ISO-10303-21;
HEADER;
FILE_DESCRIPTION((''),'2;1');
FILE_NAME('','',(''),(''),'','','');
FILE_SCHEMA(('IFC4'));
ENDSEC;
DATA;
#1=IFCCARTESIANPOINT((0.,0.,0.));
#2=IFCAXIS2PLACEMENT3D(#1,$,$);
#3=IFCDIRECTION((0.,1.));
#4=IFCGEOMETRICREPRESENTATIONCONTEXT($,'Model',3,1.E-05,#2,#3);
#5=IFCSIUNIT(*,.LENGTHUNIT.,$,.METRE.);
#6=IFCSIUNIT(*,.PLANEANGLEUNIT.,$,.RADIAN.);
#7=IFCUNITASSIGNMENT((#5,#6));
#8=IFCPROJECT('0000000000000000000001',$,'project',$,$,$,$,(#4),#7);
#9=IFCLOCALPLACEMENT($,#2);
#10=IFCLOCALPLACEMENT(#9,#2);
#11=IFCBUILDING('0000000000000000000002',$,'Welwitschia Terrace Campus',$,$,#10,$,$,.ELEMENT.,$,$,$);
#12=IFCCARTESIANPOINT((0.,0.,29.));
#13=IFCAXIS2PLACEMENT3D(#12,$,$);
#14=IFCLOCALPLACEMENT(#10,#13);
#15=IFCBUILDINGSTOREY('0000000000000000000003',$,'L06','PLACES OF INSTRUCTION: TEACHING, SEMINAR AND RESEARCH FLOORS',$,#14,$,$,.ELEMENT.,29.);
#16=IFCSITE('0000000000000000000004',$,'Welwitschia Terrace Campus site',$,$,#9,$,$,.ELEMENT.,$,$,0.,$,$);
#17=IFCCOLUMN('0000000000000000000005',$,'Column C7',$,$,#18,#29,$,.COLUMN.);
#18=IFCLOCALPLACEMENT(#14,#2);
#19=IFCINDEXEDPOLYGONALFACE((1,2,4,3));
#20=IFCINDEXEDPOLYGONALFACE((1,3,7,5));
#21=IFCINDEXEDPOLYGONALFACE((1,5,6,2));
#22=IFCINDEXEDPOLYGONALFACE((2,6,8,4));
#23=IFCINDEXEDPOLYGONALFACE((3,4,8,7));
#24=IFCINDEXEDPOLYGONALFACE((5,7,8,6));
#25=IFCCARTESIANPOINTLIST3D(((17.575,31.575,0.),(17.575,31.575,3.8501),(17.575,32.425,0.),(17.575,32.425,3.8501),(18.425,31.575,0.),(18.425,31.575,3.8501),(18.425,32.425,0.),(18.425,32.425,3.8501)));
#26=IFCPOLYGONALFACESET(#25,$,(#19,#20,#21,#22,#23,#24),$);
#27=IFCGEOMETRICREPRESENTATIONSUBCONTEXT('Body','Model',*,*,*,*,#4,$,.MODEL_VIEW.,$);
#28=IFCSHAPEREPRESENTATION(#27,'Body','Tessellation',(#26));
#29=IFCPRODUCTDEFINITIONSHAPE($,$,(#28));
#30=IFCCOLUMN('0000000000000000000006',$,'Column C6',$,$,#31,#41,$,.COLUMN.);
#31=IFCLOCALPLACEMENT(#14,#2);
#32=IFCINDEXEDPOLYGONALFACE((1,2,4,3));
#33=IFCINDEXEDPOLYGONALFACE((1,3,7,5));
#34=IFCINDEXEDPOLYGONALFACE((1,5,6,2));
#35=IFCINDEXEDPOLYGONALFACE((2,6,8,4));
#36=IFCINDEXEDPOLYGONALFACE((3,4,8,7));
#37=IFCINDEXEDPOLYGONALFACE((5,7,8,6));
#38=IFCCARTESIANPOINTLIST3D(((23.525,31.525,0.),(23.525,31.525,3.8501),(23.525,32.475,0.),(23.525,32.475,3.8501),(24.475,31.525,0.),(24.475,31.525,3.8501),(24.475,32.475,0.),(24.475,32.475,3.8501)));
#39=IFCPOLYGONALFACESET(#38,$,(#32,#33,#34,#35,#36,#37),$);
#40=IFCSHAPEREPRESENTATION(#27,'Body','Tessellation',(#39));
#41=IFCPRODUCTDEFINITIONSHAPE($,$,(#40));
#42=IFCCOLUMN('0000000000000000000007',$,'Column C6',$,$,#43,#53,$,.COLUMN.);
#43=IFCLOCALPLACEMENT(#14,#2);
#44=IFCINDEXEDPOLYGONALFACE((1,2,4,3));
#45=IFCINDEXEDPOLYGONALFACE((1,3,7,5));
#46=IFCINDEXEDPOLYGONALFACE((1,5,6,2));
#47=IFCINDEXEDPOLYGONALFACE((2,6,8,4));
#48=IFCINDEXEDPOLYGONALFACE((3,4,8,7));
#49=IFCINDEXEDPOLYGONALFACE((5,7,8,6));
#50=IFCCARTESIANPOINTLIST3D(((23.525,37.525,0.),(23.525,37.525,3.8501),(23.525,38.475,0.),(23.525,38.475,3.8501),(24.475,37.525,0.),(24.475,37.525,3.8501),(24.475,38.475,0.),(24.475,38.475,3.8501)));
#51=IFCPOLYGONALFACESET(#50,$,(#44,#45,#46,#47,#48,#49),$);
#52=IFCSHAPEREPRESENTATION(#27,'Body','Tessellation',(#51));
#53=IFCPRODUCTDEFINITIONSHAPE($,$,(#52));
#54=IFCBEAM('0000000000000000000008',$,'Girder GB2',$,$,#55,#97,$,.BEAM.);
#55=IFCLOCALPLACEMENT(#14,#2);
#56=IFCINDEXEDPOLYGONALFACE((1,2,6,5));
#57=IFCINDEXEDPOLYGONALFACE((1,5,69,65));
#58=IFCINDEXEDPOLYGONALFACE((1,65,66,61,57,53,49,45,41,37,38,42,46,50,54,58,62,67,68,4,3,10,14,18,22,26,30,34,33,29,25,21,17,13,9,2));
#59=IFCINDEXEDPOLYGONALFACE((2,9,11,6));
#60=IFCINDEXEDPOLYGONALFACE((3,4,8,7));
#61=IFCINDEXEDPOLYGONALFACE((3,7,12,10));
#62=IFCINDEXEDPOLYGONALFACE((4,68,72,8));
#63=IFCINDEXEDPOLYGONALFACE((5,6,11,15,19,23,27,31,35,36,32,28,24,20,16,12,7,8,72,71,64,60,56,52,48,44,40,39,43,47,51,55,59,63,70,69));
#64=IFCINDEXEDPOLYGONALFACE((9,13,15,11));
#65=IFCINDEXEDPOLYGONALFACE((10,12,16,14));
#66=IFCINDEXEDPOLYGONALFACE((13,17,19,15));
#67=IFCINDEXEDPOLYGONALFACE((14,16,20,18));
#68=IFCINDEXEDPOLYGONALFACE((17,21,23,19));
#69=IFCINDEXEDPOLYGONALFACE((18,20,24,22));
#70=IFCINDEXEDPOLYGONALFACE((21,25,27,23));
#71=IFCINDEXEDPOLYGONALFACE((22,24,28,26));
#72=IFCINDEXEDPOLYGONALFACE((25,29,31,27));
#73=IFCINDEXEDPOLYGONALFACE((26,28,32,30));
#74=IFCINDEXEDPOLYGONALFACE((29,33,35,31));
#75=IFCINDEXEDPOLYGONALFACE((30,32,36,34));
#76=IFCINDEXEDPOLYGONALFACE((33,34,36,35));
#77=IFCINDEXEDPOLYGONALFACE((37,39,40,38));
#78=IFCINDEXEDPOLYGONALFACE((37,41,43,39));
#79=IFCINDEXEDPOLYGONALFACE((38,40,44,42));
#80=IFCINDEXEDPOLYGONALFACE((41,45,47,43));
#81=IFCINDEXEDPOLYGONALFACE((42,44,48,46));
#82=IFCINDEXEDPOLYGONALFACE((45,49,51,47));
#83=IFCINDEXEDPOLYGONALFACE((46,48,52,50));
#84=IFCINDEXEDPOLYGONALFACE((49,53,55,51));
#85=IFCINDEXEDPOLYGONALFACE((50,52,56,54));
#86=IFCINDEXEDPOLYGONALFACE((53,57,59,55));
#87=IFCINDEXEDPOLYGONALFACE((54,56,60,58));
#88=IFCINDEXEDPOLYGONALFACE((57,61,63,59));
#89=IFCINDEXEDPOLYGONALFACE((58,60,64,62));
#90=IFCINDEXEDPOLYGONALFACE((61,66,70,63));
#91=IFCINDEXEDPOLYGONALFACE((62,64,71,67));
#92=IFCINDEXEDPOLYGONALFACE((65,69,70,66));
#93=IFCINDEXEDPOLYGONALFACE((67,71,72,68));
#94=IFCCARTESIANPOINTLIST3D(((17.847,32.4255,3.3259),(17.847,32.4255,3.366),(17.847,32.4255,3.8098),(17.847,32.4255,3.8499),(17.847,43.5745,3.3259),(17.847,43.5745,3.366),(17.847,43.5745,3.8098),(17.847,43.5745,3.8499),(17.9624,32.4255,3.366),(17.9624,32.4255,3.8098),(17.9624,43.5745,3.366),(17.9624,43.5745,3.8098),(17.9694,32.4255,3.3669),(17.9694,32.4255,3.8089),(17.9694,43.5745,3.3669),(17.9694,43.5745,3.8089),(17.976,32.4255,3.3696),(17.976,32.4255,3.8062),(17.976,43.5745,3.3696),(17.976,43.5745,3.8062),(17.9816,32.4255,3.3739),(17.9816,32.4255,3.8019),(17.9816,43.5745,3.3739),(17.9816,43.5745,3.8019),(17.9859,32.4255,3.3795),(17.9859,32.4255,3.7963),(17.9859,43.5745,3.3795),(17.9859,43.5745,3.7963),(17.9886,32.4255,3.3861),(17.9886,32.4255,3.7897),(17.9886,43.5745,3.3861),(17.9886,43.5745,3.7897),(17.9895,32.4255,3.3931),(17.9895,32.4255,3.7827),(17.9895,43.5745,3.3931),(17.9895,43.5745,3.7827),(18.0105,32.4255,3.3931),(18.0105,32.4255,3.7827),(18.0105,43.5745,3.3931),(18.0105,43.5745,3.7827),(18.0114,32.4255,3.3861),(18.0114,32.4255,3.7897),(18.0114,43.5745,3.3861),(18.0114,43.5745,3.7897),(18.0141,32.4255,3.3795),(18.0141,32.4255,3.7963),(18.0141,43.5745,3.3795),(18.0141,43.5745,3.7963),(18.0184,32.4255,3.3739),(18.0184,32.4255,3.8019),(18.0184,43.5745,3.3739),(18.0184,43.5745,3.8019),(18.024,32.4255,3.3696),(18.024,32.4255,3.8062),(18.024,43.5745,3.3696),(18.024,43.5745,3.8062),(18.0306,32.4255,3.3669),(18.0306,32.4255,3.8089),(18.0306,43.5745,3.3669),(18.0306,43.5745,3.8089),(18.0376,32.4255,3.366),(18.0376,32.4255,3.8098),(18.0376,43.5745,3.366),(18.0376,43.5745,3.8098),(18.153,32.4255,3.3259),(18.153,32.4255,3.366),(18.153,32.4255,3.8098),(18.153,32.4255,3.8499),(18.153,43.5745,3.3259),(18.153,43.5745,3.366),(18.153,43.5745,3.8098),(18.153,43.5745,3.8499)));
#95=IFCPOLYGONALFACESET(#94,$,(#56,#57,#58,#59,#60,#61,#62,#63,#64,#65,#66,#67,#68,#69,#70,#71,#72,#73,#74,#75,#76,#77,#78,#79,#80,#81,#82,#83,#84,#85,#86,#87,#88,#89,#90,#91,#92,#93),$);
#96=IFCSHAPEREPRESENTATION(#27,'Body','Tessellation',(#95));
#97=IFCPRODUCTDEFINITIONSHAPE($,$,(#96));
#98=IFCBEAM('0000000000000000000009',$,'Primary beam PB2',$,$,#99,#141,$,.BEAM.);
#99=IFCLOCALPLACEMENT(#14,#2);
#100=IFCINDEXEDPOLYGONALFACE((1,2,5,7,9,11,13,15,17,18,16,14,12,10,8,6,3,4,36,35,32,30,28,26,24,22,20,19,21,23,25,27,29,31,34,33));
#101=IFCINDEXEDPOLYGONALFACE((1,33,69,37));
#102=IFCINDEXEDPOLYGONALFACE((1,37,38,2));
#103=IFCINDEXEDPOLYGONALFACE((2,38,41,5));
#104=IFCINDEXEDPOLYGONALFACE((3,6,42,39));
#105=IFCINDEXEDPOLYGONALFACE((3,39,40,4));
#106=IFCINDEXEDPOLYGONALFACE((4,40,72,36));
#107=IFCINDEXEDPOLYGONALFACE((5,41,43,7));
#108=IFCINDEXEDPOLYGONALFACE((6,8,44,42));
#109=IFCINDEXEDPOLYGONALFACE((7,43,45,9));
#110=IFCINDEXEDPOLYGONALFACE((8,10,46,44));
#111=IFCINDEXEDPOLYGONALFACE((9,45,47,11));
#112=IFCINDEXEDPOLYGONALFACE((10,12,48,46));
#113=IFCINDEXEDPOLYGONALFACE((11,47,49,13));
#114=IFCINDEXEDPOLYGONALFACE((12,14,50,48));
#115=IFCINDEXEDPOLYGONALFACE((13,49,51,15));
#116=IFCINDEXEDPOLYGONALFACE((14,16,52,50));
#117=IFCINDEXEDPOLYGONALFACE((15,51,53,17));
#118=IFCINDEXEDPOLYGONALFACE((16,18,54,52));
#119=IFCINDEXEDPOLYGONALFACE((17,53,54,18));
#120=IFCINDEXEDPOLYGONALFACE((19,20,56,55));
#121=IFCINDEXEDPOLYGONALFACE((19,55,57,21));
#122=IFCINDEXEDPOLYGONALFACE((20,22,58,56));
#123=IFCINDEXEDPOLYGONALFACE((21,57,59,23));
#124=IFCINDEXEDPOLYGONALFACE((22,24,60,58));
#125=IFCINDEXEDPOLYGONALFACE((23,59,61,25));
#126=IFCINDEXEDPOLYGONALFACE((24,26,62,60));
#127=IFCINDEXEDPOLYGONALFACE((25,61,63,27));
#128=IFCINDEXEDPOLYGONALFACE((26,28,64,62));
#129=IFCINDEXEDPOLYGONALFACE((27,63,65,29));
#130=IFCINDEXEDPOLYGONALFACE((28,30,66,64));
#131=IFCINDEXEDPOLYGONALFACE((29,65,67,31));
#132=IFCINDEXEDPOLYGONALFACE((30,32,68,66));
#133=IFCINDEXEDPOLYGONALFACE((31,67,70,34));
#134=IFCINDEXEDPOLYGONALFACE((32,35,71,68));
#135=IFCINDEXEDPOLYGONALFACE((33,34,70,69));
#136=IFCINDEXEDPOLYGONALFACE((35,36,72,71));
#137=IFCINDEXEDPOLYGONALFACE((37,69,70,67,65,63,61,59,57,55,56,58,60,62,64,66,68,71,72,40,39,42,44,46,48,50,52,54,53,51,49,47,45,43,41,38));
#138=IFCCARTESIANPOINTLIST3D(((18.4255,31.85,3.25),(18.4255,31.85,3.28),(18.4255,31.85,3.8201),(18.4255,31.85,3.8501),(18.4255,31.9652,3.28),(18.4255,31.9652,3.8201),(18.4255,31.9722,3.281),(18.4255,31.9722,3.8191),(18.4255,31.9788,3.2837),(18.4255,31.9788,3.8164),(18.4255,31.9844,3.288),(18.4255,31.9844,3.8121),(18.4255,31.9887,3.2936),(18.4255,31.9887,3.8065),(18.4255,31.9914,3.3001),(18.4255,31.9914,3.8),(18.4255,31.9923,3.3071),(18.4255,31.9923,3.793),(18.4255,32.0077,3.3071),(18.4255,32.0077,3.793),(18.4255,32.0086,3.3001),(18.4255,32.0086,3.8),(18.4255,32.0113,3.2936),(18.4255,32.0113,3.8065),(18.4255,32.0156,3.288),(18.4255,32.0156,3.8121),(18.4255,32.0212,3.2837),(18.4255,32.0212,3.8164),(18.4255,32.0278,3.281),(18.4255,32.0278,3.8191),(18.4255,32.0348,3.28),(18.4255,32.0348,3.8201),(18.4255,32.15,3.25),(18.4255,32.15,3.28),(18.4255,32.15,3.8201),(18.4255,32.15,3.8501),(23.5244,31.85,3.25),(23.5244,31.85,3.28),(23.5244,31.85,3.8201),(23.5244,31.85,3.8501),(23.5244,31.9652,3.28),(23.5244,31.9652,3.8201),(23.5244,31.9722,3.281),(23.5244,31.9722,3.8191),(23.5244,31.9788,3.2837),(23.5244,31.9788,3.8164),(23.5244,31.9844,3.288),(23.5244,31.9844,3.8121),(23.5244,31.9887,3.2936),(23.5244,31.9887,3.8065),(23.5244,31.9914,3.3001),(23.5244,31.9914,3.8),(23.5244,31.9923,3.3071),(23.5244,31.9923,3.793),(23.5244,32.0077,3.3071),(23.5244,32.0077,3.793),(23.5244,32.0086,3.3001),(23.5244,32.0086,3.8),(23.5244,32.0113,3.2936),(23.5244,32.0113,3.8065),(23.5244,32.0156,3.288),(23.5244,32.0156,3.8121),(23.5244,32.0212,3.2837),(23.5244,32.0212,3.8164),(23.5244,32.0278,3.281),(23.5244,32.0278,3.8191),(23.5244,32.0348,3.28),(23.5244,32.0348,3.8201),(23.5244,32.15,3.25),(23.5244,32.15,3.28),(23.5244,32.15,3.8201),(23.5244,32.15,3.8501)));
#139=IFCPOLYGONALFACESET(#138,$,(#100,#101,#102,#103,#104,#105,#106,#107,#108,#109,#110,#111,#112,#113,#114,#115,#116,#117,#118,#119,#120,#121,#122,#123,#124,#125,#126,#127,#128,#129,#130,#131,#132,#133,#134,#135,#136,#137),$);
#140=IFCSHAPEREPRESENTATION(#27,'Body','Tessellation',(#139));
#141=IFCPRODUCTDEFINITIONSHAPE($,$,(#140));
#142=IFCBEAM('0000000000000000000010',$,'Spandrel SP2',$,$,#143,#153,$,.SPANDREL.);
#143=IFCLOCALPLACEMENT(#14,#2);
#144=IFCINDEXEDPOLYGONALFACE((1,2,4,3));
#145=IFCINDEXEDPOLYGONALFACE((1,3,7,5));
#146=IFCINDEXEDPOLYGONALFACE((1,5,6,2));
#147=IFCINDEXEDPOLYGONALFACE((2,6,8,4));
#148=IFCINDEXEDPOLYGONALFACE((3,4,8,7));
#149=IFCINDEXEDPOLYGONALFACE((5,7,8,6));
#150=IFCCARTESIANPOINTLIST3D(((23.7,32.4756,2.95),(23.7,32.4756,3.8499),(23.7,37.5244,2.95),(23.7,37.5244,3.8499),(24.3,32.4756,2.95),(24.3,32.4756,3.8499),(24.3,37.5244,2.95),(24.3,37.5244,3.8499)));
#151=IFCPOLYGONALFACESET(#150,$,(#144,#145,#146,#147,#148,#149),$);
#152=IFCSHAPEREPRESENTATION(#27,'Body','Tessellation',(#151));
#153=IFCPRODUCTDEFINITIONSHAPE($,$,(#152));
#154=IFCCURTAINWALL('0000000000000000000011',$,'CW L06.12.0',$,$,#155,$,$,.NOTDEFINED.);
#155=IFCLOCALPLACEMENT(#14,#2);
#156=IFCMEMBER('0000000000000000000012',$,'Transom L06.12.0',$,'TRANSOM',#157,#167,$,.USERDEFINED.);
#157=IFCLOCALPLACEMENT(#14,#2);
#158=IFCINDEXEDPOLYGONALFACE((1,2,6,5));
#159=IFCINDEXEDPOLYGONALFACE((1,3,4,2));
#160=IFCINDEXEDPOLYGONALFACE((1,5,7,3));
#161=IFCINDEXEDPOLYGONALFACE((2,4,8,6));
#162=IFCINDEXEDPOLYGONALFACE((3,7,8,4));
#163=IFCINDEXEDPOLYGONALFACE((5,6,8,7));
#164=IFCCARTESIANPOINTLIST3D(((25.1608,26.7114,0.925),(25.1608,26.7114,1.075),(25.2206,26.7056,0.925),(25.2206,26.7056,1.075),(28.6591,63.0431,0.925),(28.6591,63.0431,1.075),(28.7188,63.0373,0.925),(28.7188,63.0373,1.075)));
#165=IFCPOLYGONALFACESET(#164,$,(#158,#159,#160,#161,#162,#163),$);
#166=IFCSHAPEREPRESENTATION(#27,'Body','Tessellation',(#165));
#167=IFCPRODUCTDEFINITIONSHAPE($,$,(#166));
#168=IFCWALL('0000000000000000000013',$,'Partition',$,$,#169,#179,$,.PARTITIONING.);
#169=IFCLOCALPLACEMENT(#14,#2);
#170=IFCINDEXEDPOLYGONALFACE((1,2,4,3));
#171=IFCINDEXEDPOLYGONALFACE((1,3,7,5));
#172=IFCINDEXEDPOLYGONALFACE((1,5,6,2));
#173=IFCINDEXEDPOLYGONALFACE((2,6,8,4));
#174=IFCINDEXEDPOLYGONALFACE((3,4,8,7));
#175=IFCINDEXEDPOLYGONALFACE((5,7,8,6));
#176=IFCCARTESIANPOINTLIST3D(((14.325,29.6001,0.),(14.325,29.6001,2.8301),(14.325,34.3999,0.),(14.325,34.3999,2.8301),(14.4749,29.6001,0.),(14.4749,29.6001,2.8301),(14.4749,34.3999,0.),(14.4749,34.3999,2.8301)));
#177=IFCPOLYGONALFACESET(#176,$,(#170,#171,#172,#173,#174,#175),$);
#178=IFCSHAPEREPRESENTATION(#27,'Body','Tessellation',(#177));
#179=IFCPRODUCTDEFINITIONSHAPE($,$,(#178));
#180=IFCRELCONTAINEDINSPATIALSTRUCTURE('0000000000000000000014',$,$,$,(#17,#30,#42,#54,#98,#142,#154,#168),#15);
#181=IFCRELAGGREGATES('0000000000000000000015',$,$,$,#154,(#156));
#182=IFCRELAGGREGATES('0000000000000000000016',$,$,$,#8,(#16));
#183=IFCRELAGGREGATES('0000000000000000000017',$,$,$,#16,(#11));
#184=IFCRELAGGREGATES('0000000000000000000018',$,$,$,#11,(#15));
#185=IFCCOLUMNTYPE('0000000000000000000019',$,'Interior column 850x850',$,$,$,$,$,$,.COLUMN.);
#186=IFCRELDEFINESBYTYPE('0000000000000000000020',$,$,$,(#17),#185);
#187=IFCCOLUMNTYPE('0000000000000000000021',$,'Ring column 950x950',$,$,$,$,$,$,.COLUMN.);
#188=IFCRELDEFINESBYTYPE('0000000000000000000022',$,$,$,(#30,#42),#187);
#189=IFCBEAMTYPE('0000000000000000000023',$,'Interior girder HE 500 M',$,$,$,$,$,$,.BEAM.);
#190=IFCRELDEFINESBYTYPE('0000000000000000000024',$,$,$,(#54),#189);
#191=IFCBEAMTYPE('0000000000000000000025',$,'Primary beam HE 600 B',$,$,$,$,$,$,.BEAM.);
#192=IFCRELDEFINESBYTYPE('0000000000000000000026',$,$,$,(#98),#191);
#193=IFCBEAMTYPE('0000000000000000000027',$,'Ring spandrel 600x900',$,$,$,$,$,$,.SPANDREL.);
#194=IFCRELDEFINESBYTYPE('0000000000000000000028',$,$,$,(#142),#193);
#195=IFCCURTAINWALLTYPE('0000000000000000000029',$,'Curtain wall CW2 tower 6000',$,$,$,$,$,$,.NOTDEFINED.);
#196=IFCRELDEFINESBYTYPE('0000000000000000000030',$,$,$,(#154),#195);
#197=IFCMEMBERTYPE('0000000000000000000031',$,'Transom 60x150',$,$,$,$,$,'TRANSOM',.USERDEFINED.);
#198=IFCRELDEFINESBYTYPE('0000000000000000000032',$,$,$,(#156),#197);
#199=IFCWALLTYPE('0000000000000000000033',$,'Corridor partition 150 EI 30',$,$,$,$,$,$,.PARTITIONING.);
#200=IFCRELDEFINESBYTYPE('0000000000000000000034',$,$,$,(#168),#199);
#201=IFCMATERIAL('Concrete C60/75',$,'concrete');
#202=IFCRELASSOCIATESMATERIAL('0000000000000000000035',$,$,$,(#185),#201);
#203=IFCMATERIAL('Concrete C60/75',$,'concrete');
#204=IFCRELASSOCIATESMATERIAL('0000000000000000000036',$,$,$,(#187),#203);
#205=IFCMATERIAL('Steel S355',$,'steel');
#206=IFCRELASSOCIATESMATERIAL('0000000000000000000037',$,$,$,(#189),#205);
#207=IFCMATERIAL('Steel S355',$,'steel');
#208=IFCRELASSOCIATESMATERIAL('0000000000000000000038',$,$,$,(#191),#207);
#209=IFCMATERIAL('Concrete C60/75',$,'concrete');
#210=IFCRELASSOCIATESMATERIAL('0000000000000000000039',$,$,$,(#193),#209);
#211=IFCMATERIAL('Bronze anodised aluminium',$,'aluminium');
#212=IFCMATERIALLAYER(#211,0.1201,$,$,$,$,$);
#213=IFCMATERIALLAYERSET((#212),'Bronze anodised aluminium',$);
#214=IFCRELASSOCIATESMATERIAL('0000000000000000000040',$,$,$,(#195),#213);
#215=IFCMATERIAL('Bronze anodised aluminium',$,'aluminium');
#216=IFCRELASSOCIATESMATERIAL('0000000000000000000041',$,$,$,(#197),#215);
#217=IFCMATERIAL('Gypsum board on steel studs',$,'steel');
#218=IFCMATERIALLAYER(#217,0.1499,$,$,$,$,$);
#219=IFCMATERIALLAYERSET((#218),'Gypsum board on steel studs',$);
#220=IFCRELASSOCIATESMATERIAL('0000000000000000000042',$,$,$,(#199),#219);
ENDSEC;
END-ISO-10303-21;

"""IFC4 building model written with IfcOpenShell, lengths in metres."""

from ifc_helpers import new_model, si_unit, direction, frame, frame_2d, origin, origin_2d, place, context, subcontext, project, spatial, rectangle, i_section, extrude, material, layer, layer_set, material_profile, profile_set, type_object, element, aggregate, save


model = new_model("IFC4")

# Units and contexts
model_context = context("Model", 3, precision=1e-05, world=origin(), true_north=direction((0.0, 1.0)))
body_context = subcontext(model_context, "Body", "Model", "MODEL_VIEW")
ifc_project = project(units=[si_unit("LENGTHUNIT", "METRE"), si_unit("PLANEANGLEUNIT", "RADIAN")], contexts=[model_context])

# Site, building, storey
site_placement = place(None, origin())
site = spatial("IfcSite", under=ifc_project, at=site_placement, Name="Welwitschia Terrace Campus site", CompositionType="ELEMENT", RefElevation=0.0)
building_placement = place(site_placement, origin())
building = spatial("IfcBuilding", under=site, at=building_placement, Name="Welwitschia Terrace Campus", CompositionType="ELEMENT")
storey_placement = place(building_placement, frame((0.0, 0.0, 29.0)))
storey = spatial("IfcBuildingStorey", under=building, at=storey_placement, Name="L06", Description="PLACES OF INSTRUCTION: TEACHING, SEMINAR AND RESEARCH FLOORS", CompositionType="ELEMENT", Elevation=29.0)

# Columns
ifc_material_1 = material(Name="Concrete C60/75", Category="concrete")
ifc_material_profile_1 = material_profile(ifc_material_1, rectangle(XDim=0.8501, YDim=0.8501, at=origin_2d()))
ifc_profile_set_1 = profile_set([ifc_material_profile_1], Name="Concrete C60/75")
column_type_1 = type_object("IfcColumnType", Name="Interior column 850x850", PredefinedType="COLUMN", material=ifc_profile_set_1)
column_placement = place(storey_placement, frame((18.0, 32.0, 0.0), z_axis=(0.0, 0.0, 1.0), x_axis=(1.0, 0.0, 0.0)))
element("IfcColumn", 1, at=column_placement, inside=storey, type_object=column_type_1, Name="Column C7", PredefinedType="COLUMN", context=body_context, shape_type="SweptSolid", body=[
    extrude(rectangle(XDim=0.8501, YDim=0.8501, at=origin_2d()), origin(), (0.0, 0.0, 1.0), 3.8501),
])
ifc_material_2 = material(Name="Concrete C60/75", Category="concrete")
ifc_material_profile_2 = material_profile(ifc_material_2, rectangle(XDim=0.95, YDim=0.95, at=origin_2d()))
ifc_profile_set_2 = profile_set([ifc_material_profile_2], Name="Concrete C60/75")
column_type_2 = type_object("IfcColumnType", Name="Ring column 950x950", PredefinedType="COLUMN", material=ifc_profile_set_2)
for number, where, z_axis, x_axis, name in (
    (2, (24.0, 32.0, 0.0), (0.0, 0.0, 1.0), (1.0, 0.0, 0.0), "Column C6"),
    (3, (24.0, 38.0, 0.0), (0.0, 0.0, 1.0), (1.0, 0.0, 0.0), "Column C6"),
):
    element("IfcColumn", number, at=place(storey_placement, frame(where, z_axis=z_axis, x_axis=x_axis)), inside=storey, type_object=column_type_2, Name=name, PredefinedType="COLUMN", context=body_context, shape_type="SweptSolid", body=[
        extrude(rectangle(XDim=0.95, YDim=0.95, at=origin_2d()), origin(), (0.0, 0.0, 1.0), 3.8501),
    ])

# Beams
ifc_material_3 = material(Name="Steel S355", Category="steel")
ifc_material_profile_3 = material_profile(ifc_material_3, i_section(OverallWidth=0.3059, OverallDepth=0.5239, WebThickness=0.021, FlangeThickness=0.04, FilletRadius=0.0271, at=origin_2d()))
ifc_profile_set_3 = profile_set([ifc_material_profile_3], Name="Steel S355")
beam_type_1 = type_object("IfcBeamType", Name="Interior girder HE 500 M", PredefinedType="BEAM", material=ifc_profile_set_3)
beam_1_placement = place(storey_placement, frame((18.0, 32.4255, 3.5879), z_axis=(0.0, 1.0, 0.0), x_axis=(-1.0, 0.0, 0.0)))
element("IfcBeam", 4, at=beam_1_placement, inside=storey, type_object=beam_type_1, Name="Girder GB2", PredefinedType="BEAM", context=body_context, shape_type="SweptSolid", body=[
    extrude(i_section(OverallWidth=0.3059, OverallDepth=0.5239, WebThickness=0.021, FlangeThickness=0.04, FilletRadius=0.0271, at=origin_2d()), origin(), (0.0, 0.0, 1.0), 11.1489),
])
ifc_material_4 = material(Name="Steel S355", Category="steel")
ifc_material_profile_4 = material_profile(ifc_material_4, i_section(OverallWidth=0.3, OverallDepth=0.6001, WebThickness=0.0154, FlangeThickness=0.03, FilletRadius=0.0271, at=origin_2d()))
ifc_profile_set_4 = profile_set([ifc_material_profile_4], Name="Steel S355")
beam_type_2 = type_object("IfcBeamType", Name="Primary beam HE 600 B", PredefinedType="BEAM", material=ifc_profile_set_4)
beam_2_placement = place(storey_placement, frame((23.5244, 32.0, 3.55), z_axis=(-1.0, 0.0, 0.0), x_axis=(0.0, -1.0, 0.0)))
element("IfcBeam", 5, at=beam_2_placement, inside=storey, type_object=beam_type_2, Name="Primary beam PB2", PredefinedType="BEAM", context=body_context, shape_type="SweptSolid", body=[
    extrude(i_section(OverallWidth=0.3, OverallDepth=0.6001, WebThickness=0.0154, FlangeThickness=0.03, FilletRadius=0.0271, at=origin_2d()), origin(), (0.0, 0.0, 1.0), 5.0989),
])
ifc_material_5 = material(Name="Concrete C60/75", Category="concrete")
ifc_material_profile_5 = material_profile(ifc_material_5, rectangle(XDim=0.6001, YDim=0.8999, at=origin_2d()))
ifc_profile_set_5 = profile_set([ifc_material_profile_5], Name="Concrete C60/75")
beam_type_3 = type_object("IfcBeamType", Name="Ring spandrel 600x900", PredefinedType="SPANDREL", material=ifc_profile_set_5)
beam_3_placement = place(storey_placement, frame((24.0, 32.4756, 3.3999), z_axis=(0.0, 1.0, 0.0), x_axis=(-1.0, 0.0, 0.0)))
element("IfcBeam", 6, at=beam_3_placement, inside=storey, type_object=beam_type_3, Name="Spandrel SP2", PredefinedType="SPANDREL", context=body_context, shape_type="SweptSolid", body=[
    extrude(rectangle(XDim=0.6001, YDim=0.8999, at=origin_2d()), origin(), (0.0, 0.0, 1.0), 5.0488),
])

# Curtain wall, member
ifc_material_6 = material(Name="Bronze anodised aluminium", Category="aluminium")
ifc_layer_1 = layer(ifc_material_6, 0.1201)
ifc_layer_set_1 = layer_set([ifc_layer_1], Name="Bronze anodised aluminium")
curtain_wall_type = type_object("IfcCurtainWallType", Name="Curtain wall CW2 tower 6000", PredefinedType="NOTDEFINED", material=ifc_layer_set_1)
curtain_wall_placement = place(storey_placement, origin())
curtain_wall = element("IfcCurtainWall", 7, at=curtain_wall_placement, inside=storey, type_object=curtain_wall_type, Name="CW L06.12.0", PredefinedType="NOTDEFINED")
ifc_material_7 = material(Name="Bronze anodised aluminium", Category="aluminium")
ifc_material_profile_6 = material_profile(ifc_material_7, rectangle(XDim=0.0601, YDim=0.1499, at=origin_2d()))
ifc_profile_set_6 = profile_set([ifc_material_profile_6], Name="Bronze anodised aluminium")
member_type = type_object("IfcMemberType", Name="Transom 60x150", ElementType="TRANSOM", PredefinedType="USERDEFINED", material=ifc_profile_set_6)
member_placement = place(storey_placement, frame((25.1907, 26.7085, 1.0), z_axis=(0.095844, 0.995396, 0.0), x_axis=(-0.995396, 0.095844, 0.0)))
member = element("IfcMember", 8, at=member_placement, type_object=member_type, Name="Transom L06.12.0", ObjectType="TRANSOM", PredefinedType="USERDEFINED", context=body_context, shape_type="SweptSolid", body=[
    extrude(rectangle(XDim=0.0601, YDim=0.1499, at=origin_2d()), origin(), (0.0, 0.0, 1.0), 36.4998),
])
aggregate(curtain_wall, [member])

# Wall
ifc_material_8 = material(Name="Gypsum board on steel studs", Category="steel")
ifc_layer_2 = layer(ifc_material_8, 0.1499)
ifc_layer_set_2 = layer_set([ifc_layer_2], Name="Gypsum board on steel studs")
wall_type = type_object("IfcWallType", Name="Corridor partition 150 EI 30", PredefinedType="PARTITIONING", material=ifc_layer_set_2)
wall_1_placement = place(storey_placement, frame((14.3999, 29.6001, 0.0), z_axis=(0.0, 0.0, 1.0), x_axis=(0.0, 1.0, 0.0)))
element("IfcWall", 9, at=wall_1_placement, inside=storey, type_object=wall_type, Name="Partition", PredefinedType="PARTITIONING", context=body_context, shape_type="SweptSolid", body=[
    extrude(rectangle(XDim=4.7998, YDim=0.1499, at=frame_2d((2.3999, 0.0))), origin(), (0.0, 0.0, 1.0), 2.8301),
])

save(model, "model.ifc")
